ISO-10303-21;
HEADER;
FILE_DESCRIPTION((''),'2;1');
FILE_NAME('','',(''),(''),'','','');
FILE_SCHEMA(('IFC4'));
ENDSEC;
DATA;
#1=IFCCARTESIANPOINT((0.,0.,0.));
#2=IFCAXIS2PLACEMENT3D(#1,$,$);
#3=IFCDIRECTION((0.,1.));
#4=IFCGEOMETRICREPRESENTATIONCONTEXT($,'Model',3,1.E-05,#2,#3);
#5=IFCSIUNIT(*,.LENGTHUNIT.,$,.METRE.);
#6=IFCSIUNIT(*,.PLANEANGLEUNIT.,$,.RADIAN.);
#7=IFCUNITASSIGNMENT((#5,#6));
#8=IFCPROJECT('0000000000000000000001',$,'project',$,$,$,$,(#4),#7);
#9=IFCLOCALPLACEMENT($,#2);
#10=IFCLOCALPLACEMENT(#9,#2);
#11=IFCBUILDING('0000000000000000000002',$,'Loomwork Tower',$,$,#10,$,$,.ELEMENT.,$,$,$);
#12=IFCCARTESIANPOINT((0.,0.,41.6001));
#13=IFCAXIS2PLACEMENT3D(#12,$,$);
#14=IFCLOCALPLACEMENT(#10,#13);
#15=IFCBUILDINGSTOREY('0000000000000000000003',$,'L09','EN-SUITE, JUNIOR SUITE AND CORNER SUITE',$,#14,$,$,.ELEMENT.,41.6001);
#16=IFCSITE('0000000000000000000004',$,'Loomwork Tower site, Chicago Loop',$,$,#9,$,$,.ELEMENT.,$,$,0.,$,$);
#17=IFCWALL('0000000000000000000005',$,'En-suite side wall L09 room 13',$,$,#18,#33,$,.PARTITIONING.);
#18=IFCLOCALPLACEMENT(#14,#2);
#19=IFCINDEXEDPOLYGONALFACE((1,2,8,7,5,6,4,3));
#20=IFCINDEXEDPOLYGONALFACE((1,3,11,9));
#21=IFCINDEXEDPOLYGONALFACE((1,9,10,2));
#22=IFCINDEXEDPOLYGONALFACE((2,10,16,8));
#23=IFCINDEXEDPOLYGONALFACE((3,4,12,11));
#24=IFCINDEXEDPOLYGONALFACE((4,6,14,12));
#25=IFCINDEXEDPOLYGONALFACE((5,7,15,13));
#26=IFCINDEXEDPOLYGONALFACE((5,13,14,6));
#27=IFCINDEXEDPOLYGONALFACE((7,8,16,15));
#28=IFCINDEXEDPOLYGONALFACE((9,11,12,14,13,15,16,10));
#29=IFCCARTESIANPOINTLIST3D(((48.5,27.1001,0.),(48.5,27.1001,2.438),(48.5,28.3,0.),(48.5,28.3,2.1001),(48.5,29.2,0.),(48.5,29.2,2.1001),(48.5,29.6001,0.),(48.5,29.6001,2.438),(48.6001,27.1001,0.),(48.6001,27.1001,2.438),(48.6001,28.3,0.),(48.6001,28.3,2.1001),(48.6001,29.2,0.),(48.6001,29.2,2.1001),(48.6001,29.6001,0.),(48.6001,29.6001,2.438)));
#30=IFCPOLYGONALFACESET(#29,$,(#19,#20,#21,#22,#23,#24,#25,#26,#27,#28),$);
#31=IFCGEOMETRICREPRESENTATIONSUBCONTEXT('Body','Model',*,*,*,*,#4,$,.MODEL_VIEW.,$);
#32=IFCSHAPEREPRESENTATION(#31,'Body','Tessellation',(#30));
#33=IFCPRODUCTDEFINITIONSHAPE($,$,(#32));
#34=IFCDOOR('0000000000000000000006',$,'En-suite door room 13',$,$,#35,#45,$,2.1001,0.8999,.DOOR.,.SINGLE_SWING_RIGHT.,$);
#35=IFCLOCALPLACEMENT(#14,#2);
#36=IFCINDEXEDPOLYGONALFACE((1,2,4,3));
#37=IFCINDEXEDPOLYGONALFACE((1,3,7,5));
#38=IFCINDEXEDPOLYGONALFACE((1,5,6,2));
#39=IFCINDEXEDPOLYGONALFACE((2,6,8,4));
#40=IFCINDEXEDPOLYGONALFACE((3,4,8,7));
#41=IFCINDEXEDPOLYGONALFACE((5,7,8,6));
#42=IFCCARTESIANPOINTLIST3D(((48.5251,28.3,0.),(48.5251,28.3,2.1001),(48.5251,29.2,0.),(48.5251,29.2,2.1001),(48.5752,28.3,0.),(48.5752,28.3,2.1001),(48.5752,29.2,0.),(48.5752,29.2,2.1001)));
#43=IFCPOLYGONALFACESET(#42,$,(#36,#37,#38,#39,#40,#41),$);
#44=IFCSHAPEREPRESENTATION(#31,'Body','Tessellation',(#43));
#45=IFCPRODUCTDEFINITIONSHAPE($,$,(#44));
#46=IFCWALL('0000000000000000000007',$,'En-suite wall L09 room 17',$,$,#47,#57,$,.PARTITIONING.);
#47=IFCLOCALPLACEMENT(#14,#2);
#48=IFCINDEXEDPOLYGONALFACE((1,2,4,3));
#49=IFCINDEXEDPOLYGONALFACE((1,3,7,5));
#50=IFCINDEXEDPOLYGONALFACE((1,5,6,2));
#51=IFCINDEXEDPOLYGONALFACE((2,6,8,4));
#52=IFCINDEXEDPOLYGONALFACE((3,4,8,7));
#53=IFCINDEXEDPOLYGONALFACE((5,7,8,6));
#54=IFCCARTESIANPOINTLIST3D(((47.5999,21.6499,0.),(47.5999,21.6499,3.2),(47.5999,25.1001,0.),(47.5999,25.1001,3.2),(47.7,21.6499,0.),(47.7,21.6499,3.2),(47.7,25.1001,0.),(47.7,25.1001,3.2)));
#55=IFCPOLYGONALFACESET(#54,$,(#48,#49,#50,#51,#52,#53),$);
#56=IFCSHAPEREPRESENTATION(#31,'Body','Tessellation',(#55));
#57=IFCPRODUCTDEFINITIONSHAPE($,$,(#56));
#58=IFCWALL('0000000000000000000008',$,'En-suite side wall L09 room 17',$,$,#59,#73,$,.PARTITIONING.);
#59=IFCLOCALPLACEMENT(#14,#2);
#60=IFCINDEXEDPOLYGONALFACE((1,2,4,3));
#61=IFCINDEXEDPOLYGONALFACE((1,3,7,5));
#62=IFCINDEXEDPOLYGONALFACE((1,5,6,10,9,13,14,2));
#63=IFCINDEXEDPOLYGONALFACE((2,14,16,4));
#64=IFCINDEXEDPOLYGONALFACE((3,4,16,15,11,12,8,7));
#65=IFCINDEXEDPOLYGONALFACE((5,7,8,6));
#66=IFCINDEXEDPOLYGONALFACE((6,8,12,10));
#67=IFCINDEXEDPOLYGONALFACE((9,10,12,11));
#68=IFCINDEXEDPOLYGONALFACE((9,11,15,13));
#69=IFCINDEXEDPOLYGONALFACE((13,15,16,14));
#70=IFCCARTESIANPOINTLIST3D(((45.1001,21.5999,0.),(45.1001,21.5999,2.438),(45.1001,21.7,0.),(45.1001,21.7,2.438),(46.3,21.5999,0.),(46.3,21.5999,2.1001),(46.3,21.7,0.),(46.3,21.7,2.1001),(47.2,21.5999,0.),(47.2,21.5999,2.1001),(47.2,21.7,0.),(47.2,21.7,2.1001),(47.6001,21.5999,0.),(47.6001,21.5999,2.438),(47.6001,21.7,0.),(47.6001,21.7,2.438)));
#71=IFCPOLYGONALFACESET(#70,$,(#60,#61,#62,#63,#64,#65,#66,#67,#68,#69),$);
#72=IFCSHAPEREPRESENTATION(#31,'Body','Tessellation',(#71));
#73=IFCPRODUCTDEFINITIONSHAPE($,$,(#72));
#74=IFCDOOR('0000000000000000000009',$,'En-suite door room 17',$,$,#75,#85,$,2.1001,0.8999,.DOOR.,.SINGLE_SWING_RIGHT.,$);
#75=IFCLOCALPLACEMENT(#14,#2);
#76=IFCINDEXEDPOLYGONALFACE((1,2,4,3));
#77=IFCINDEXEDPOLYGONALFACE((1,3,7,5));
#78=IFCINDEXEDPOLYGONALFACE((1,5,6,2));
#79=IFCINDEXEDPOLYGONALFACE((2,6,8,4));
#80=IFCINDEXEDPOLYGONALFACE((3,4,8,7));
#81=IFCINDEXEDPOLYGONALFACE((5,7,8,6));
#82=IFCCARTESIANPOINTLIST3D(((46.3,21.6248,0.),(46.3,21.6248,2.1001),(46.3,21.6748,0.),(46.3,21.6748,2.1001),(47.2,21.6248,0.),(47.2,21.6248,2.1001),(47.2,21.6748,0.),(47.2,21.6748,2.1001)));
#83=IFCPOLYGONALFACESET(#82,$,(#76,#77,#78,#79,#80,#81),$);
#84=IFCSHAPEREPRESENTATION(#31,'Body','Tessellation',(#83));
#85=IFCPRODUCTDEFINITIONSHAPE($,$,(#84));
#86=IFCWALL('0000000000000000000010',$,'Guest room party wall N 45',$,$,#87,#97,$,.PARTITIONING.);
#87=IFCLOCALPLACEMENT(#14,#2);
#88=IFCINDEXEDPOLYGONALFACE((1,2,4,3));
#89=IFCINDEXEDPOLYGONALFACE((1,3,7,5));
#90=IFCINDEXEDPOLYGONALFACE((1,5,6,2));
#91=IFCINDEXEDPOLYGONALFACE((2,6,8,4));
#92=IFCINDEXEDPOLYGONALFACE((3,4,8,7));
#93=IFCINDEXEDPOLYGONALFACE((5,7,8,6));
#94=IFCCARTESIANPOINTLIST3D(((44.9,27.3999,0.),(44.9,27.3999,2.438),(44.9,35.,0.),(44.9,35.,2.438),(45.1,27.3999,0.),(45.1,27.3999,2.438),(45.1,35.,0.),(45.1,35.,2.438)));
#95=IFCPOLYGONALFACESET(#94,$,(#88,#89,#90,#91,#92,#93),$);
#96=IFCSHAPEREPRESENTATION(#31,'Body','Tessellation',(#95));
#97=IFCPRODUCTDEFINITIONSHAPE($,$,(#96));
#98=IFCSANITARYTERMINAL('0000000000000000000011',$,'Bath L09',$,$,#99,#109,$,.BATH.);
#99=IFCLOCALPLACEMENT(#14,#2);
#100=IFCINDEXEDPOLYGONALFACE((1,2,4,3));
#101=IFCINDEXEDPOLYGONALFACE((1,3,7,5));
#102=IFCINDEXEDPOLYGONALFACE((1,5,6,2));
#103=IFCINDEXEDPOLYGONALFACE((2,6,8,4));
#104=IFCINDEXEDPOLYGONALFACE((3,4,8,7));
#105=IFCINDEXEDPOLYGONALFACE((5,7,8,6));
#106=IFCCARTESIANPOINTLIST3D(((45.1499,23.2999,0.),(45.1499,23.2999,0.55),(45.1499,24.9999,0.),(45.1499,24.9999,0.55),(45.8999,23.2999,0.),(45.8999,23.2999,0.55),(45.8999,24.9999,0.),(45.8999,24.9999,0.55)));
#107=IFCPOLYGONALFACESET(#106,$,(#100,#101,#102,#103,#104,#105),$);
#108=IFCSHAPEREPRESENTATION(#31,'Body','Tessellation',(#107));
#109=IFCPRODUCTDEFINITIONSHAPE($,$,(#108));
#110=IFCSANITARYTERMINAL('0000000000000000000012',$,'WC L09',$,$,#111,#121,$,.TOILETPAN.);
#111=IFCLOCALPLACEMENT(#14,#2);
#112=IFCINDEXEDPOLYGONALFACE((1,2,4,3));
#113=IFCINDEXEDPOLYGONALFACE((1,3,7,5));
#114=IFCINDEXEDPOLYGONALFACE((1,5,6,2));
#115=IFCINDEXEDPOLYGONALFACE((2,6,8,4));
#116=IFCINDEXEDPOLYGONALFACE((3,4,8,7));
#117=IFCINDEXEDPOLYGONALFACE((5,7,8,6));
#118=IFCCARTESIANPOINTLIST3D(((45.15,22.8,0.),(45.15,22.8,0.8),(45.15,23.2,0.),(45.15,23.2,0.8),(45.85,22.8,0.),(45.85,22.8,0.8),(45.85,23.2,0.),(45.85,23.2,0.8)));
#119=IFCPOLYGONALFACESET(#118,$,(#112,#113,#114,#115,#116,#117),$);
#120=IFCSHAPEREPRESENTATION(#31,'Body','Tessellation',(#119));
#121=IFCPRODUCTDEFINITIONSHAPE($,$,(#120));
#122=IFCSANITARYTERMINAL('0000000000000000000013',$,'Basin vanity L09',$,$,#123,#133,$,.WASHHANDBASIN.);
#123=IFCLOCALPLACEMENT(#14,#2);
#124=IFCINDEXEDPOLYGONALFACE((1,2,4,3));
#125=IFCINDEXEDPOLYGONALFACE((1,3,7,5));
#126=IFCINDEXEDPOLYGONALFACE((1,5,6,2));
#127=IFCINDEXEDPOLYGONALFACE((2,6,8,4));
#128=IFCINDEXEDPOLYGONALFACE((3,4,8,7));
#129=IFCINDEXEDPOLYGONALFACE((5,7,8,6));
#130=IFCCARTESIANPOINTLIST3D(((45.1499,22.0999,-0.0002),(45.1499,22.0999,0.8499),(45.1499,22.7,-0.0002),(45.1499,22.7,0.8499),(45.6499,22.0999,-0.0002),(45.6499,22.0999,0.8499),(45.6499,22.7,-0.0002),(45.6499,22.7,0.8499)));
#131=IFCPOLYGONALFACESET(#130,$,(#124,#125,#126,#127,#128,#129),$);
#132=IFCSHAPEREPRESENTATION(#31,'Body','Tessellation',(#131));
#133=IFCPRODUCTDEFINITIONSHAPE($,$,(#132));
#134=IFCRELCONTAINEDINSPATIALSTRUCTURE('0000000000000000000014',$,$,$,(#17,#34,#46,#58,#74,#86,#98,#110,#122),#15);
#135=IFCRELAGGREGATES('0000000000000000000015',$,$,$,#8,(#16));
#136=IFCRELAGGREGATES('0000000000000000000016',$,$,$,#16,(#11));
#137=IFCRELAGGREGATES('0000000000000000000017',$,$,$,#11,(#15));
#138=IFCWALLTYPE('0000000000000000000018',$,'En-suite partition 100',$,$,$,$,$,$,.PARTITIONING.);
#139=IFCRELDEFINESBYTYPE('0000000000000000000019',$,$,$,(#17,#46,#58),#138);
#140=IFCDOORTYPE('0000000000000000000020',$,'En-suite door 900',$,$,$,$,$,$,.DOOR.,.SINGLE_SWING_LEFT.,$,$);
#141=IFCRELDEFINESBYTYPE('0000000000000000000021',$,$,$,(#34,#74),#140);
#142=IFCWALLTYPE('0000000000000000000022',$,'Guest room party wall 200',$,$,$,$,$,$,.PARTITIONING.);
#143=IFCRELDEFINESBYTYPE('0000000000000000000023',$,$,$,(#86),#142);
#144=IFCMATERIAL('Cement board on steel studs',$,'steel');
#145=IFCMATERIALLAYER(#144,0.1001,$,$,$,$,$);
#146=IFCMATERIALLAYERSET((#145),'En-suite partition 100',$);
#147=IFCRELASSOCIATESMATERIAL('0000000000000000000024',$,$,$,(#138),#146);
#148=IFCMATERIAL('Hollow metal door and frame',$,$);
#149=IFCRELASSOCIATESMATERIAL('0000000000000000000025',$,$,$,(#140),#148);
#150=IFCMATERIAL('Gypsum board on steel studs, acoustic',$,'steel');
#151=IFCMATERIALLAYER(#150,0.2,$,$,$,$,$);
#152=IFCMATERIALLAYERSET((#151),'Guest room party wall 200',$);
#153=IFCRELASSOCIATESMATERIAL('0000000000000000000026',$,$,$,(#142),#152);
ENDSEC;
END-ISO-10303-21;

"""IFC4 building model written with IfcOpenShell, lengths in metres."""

from ifc_helpers import new_model, si_unit, direction, frame, frame_2d, origin, origin_2d, place, context, subcontext, project, spatial, rectangle, extrude, material, layer, layer_set, type_object, element, fill, save


model = new_model("IFC4")

# Units and contexts
model_context = context("Model", 3, precision=1e-05, world=origin(), true_north=direction((0.0, 1.0)))
body_context = subcontext(model_context, "Body", "Model", "MODEL_VIEW")
ifc_project = project(units=[si_unit("LENGTHUNIT", "METRE"), si_unit("PLANEANGLEUNIT", "RADIAN")], contexts=[model_context])

# Site, building, storey
site_placement = place(None, origin())
site = spatial("IfcSite", under=ifc_project, at=site_placement, Name="Loomwork Tower site, Chicago Loop", CompositionType="ELEMENT", RefElevation=0.0)
building_placement = place(site_placement, origin())
building = spatial("IfcBuilding", under=site, at=building_placement, Name="Loomwork Tower", CompositionType="ELEMENT")
storey_placement = place(building_placement, frame((0.0, 0.0, 41.6001)))
storey = spatial("IfcBuildingStorey", under=building, at=storey_placement, Name="L09", Description="EN-SUITE, JUNIOR SUITE AND CORNER SUITE", CompositionType="ELEMENT", Elevation=41.6001)

# Wall, opening, door
ifc_material_1 = material(Name="Cement board on steel studs", Category="steel")
ifc_layer_1 = layer(ifc_material_1, 0.1001)
ifc_layer_set_1 = layer_set([ifc_layer_1], Name="En-suite partition 100")
wall_type_1 = type_object("IfcWallType", Name="En-suite partition 100", PredefinedType="PARTITIONING", material=ifc_layer_set_1)
wall_1_placement = place(storey_placement, frame((48.55, 27.1001, 0.0), z_axis=(0.0, 0.0, 1.0), x_axis=(0.0, 1.0, 0.0)))
wall_1 = element("IfcWall", 1, at=wall_1_placement, inside=storey, type_object=wall_type_1, Name="En-suite side wall L09 room 13", PredefinedType="PARTITIONING", context=body_context, shape_type="SweptSolid", body=[
    extrude(rectangle(XDim=2.5, YDim=0.1001, at=frame_2d((1.25, 0.0))), origin(), (0.0, 0.0, 1.0), 2.438),
])
opening_1_placement = place(wall_1_placement, frame((1.2, 0.0, 0.0)))
opening_1 = element("IfcOpeningElement", 2, at=opening_1_placement, cuts=wall_1, PredefinedType="OPENING", context=body_context, shape_type="SweptSolid", body=[
    extrude(rectangle(XDim=0.8999, YDim=2.1001, at=frame_2d((0.45, 1.05))), frame((0.0, 0.0601, 0.0), z_axis=(0.0, -1.0, 0.0), x_axis=(1.0, 0.0, 0.0)), (0.0, 0.0, 1.0), 0.1201),
])
ifc_material_2 = material(Name="Hollow metal door and frame")
door_type_1 = type_object("IfcDoorType", Name="En-suite door 900", OperationType="SINGLE_SWING_LEFT", PredefinedType="DOOR", material=ifc_material_2)
door_1_placement = place(opening_1_placement, origin())
door_1 = element("IfcDoor", 3, at=door_1_placement, inside=storey, type_object=door_type_1, Name="En-suite door room 13", OperationType="SINGLE_SWING_RIGHT", OverallHeight=2.1001, OverallWidth=0.8999, PredefinedType="DOOR", context=body_context, shape_type="SweptSolid", body=[
    extrude(rectangle(XDim=0.8999, YDim=2.1001, at=frame_2d((0.45, 1.05))), frame((0.0, 0.0249, 0.0), z_axis=(0.0, -1.0, 0.0), x_axis=(1.0, 0.0, 0.0)), (0.0, 0.0, 1.0), 0.05),
])
fill(opening_1, door_1)

# Wall
wall_2_placement = place(storey_placement, frame((47.6499, 21.6499, 0.0), z_axis=(0.0, 0.0, 1.0), x_axis=(0.0, 1.0, 0.0)))
element("IfcWall", 4, at=wall_2_placement, inside=storey, type_object=wall_type_1, Name="En-suite wall L09 room 17", PredefinedType="PARTITIONING", context=body_context, shape_type="SweptSolid", body=[
    extrude(rectangle(XDim=3.4502, YDim=0.1001, at=frame_2d((1.7251, 0.0))), origin(), (0.0, 0.0, 1.0), 3.2),
])

# Wall, opening, door
wall_3_placement = place(storey_placement, frame((45.1001, 21.6499, 0.0), z_axis=(0.0, 0.0, 1.0), x_axis=(1.0, 0.0, 0.0)))
wall_3 = element("IfcWall", 5, at=wall_3_placement, inside=storey, type_object=wall_type_1, Name="En-suite side wall L09 room 17", PredefinedType="PARTITIONING", context=body_context, shape_type="SweptSolid", body=[
    extrude(rectangle(XDim=2.5, YDim=0.1001, at=frame_2d((1.25, 0.0))), origin(), (0.0, 0.0, 1.0), 2.438),
])
opening_2_placement = place(wall_3_placement, frame((1.2, 0.0, 0.0)))
opening_2 = element("IfcOpeningElement", 6, at=opening_2_placement, cuts=wall_3, PredefinedType="OPENING", context=body_context, shape_type="SweptSolid", body=[
    extrude(rectangle(XDim=0.8999, YDim=2.1001, at=frame_2d((0.45, 1.05))), frame((0.0, 0.0601, 0.0), z_axis=(0.0, -1.0, 0.0), x_axis=(1.0, 0.0, 0.0)), (0.0, 0.0, 1.0), 0.1201),
])
door_2_placement = place(opening_2_placement, origin())
door_2 = element("IfcDoor", 7, at=door_2_placement, inside=storey, type_object=door_type_1, Name="En-suite door room 17", OperationType="SINGLE_SWING_RIGHT", OverallHeight=2.1001, OverallWidth=0.8999, PredefinedType="DOOR", context=body_context, shape_type="SweptSolid", body=[
    extrude(rectangle(XDim=0.8999, YDim=2.1001, at=frame_2d((0.45, 1.05))), frame((0.0, 0.0249, 0.0), z_axis=(0.0, -1.0, 0.0), x_axis=(1.0, 0.0, 0.0)), (0.0, 0.0, 1.0), 0.05),
])
fill(opening_2, door_2)

# Wall
ifc_material_3 = material(Name="Gypsum board on steel studs, acoustic", Category="steel")
ifc_layer_2 = layer(ifc_material_3, 0.2)
ifc_layer_set_2 = layer_set([ifc_layer_2], Name="Guest room party wall 200")
wall_type_2 = type_object("IfcWallType", Name="Guest room party wall 200", PredefinedType="PARTITIONING", material=ifc_layer_set_2)
wall_4_placement = place(storey_placement, frame((45.0, 27.3999, 0.0), z_axis=(0.0, 0.0, 1.0), x_axis=(0.0, 1.0, 0.0)))
element("IfcWall", 8, at=wall_4_placement, inside=storey, type_object=wall_type_2, Name="Guest room party wall N 45", PredefinedType="PARTITIONING", context=body_context, shape_type="SweptSolid", body=[
    extrude(rectangle(XDim=7.6001, YDim=0.2, at=frame_2d((3.8, 0.0))), origin(), (0.0, 0.0, 1.0), 2.438),
])

# Sanitary terminals
sanitary_terminal_1_placement = place(storey_placement, frame((45.5249, 24.1499, 0.0), z_axis=(0.0, 0.0, 1.0), x_axis=(1.0, 0.0, 0.0)))
element("IfcSanitaryTerminal", 9, at=sanitary_terminal_1_placement, inside=storey, Name="Bath L09", PredefinedType="BATH", context=body_context, shape_type="SweptSolid", body=[
    extrude(rectangle(XDim=0.75, YDim=1.7, at=origin_2d()), origin(), (0.0, 0.0, 1.0), 0.55),
])
sanitary_terminal_2_placement = place(storey_placement, frame((45.5, 23.0, 0.0), z_axis=(0.0, 0.0, 1.0), x_axis=(1.0, 0.0, 0.0)))
element("IfcSanitaryTerminal", 10, at=sanitary_terminal_2_placement, inside=storey, Name="WC L09", PredefinedType="TOILETPAN", context=body_context, shape_type="SweptSolid", body=[
    extrude(rectangle(XDim=0.7, YDim=0.3999, at=origin_2d()), origin(), (0.0, 0.0, 1.0), 0.8),
])
sanitary_terminal_3_placement = place(storey_placement, frame((45.3999, 22.3999, -0.0002), z_axis=(0.0, 0.0, 1.0), x_axis=(1.0, 0.0, 0.0)))
element("IfcSanitaryTerminal", 11, at=sanitary_terminal_3_placement, inside=storey, Name="Basin vanity L09", PredefinedType="WASHHANDBASIN", context=body_context, shape_type="SweptSolid", body=[
    extrude(rectangle(XDim=0.5, YDim=0.6001, at=origin_2d()), origin(), (0.0, 0.0, 1.0), 0.8501),
])

save(model, "model.ifc")
